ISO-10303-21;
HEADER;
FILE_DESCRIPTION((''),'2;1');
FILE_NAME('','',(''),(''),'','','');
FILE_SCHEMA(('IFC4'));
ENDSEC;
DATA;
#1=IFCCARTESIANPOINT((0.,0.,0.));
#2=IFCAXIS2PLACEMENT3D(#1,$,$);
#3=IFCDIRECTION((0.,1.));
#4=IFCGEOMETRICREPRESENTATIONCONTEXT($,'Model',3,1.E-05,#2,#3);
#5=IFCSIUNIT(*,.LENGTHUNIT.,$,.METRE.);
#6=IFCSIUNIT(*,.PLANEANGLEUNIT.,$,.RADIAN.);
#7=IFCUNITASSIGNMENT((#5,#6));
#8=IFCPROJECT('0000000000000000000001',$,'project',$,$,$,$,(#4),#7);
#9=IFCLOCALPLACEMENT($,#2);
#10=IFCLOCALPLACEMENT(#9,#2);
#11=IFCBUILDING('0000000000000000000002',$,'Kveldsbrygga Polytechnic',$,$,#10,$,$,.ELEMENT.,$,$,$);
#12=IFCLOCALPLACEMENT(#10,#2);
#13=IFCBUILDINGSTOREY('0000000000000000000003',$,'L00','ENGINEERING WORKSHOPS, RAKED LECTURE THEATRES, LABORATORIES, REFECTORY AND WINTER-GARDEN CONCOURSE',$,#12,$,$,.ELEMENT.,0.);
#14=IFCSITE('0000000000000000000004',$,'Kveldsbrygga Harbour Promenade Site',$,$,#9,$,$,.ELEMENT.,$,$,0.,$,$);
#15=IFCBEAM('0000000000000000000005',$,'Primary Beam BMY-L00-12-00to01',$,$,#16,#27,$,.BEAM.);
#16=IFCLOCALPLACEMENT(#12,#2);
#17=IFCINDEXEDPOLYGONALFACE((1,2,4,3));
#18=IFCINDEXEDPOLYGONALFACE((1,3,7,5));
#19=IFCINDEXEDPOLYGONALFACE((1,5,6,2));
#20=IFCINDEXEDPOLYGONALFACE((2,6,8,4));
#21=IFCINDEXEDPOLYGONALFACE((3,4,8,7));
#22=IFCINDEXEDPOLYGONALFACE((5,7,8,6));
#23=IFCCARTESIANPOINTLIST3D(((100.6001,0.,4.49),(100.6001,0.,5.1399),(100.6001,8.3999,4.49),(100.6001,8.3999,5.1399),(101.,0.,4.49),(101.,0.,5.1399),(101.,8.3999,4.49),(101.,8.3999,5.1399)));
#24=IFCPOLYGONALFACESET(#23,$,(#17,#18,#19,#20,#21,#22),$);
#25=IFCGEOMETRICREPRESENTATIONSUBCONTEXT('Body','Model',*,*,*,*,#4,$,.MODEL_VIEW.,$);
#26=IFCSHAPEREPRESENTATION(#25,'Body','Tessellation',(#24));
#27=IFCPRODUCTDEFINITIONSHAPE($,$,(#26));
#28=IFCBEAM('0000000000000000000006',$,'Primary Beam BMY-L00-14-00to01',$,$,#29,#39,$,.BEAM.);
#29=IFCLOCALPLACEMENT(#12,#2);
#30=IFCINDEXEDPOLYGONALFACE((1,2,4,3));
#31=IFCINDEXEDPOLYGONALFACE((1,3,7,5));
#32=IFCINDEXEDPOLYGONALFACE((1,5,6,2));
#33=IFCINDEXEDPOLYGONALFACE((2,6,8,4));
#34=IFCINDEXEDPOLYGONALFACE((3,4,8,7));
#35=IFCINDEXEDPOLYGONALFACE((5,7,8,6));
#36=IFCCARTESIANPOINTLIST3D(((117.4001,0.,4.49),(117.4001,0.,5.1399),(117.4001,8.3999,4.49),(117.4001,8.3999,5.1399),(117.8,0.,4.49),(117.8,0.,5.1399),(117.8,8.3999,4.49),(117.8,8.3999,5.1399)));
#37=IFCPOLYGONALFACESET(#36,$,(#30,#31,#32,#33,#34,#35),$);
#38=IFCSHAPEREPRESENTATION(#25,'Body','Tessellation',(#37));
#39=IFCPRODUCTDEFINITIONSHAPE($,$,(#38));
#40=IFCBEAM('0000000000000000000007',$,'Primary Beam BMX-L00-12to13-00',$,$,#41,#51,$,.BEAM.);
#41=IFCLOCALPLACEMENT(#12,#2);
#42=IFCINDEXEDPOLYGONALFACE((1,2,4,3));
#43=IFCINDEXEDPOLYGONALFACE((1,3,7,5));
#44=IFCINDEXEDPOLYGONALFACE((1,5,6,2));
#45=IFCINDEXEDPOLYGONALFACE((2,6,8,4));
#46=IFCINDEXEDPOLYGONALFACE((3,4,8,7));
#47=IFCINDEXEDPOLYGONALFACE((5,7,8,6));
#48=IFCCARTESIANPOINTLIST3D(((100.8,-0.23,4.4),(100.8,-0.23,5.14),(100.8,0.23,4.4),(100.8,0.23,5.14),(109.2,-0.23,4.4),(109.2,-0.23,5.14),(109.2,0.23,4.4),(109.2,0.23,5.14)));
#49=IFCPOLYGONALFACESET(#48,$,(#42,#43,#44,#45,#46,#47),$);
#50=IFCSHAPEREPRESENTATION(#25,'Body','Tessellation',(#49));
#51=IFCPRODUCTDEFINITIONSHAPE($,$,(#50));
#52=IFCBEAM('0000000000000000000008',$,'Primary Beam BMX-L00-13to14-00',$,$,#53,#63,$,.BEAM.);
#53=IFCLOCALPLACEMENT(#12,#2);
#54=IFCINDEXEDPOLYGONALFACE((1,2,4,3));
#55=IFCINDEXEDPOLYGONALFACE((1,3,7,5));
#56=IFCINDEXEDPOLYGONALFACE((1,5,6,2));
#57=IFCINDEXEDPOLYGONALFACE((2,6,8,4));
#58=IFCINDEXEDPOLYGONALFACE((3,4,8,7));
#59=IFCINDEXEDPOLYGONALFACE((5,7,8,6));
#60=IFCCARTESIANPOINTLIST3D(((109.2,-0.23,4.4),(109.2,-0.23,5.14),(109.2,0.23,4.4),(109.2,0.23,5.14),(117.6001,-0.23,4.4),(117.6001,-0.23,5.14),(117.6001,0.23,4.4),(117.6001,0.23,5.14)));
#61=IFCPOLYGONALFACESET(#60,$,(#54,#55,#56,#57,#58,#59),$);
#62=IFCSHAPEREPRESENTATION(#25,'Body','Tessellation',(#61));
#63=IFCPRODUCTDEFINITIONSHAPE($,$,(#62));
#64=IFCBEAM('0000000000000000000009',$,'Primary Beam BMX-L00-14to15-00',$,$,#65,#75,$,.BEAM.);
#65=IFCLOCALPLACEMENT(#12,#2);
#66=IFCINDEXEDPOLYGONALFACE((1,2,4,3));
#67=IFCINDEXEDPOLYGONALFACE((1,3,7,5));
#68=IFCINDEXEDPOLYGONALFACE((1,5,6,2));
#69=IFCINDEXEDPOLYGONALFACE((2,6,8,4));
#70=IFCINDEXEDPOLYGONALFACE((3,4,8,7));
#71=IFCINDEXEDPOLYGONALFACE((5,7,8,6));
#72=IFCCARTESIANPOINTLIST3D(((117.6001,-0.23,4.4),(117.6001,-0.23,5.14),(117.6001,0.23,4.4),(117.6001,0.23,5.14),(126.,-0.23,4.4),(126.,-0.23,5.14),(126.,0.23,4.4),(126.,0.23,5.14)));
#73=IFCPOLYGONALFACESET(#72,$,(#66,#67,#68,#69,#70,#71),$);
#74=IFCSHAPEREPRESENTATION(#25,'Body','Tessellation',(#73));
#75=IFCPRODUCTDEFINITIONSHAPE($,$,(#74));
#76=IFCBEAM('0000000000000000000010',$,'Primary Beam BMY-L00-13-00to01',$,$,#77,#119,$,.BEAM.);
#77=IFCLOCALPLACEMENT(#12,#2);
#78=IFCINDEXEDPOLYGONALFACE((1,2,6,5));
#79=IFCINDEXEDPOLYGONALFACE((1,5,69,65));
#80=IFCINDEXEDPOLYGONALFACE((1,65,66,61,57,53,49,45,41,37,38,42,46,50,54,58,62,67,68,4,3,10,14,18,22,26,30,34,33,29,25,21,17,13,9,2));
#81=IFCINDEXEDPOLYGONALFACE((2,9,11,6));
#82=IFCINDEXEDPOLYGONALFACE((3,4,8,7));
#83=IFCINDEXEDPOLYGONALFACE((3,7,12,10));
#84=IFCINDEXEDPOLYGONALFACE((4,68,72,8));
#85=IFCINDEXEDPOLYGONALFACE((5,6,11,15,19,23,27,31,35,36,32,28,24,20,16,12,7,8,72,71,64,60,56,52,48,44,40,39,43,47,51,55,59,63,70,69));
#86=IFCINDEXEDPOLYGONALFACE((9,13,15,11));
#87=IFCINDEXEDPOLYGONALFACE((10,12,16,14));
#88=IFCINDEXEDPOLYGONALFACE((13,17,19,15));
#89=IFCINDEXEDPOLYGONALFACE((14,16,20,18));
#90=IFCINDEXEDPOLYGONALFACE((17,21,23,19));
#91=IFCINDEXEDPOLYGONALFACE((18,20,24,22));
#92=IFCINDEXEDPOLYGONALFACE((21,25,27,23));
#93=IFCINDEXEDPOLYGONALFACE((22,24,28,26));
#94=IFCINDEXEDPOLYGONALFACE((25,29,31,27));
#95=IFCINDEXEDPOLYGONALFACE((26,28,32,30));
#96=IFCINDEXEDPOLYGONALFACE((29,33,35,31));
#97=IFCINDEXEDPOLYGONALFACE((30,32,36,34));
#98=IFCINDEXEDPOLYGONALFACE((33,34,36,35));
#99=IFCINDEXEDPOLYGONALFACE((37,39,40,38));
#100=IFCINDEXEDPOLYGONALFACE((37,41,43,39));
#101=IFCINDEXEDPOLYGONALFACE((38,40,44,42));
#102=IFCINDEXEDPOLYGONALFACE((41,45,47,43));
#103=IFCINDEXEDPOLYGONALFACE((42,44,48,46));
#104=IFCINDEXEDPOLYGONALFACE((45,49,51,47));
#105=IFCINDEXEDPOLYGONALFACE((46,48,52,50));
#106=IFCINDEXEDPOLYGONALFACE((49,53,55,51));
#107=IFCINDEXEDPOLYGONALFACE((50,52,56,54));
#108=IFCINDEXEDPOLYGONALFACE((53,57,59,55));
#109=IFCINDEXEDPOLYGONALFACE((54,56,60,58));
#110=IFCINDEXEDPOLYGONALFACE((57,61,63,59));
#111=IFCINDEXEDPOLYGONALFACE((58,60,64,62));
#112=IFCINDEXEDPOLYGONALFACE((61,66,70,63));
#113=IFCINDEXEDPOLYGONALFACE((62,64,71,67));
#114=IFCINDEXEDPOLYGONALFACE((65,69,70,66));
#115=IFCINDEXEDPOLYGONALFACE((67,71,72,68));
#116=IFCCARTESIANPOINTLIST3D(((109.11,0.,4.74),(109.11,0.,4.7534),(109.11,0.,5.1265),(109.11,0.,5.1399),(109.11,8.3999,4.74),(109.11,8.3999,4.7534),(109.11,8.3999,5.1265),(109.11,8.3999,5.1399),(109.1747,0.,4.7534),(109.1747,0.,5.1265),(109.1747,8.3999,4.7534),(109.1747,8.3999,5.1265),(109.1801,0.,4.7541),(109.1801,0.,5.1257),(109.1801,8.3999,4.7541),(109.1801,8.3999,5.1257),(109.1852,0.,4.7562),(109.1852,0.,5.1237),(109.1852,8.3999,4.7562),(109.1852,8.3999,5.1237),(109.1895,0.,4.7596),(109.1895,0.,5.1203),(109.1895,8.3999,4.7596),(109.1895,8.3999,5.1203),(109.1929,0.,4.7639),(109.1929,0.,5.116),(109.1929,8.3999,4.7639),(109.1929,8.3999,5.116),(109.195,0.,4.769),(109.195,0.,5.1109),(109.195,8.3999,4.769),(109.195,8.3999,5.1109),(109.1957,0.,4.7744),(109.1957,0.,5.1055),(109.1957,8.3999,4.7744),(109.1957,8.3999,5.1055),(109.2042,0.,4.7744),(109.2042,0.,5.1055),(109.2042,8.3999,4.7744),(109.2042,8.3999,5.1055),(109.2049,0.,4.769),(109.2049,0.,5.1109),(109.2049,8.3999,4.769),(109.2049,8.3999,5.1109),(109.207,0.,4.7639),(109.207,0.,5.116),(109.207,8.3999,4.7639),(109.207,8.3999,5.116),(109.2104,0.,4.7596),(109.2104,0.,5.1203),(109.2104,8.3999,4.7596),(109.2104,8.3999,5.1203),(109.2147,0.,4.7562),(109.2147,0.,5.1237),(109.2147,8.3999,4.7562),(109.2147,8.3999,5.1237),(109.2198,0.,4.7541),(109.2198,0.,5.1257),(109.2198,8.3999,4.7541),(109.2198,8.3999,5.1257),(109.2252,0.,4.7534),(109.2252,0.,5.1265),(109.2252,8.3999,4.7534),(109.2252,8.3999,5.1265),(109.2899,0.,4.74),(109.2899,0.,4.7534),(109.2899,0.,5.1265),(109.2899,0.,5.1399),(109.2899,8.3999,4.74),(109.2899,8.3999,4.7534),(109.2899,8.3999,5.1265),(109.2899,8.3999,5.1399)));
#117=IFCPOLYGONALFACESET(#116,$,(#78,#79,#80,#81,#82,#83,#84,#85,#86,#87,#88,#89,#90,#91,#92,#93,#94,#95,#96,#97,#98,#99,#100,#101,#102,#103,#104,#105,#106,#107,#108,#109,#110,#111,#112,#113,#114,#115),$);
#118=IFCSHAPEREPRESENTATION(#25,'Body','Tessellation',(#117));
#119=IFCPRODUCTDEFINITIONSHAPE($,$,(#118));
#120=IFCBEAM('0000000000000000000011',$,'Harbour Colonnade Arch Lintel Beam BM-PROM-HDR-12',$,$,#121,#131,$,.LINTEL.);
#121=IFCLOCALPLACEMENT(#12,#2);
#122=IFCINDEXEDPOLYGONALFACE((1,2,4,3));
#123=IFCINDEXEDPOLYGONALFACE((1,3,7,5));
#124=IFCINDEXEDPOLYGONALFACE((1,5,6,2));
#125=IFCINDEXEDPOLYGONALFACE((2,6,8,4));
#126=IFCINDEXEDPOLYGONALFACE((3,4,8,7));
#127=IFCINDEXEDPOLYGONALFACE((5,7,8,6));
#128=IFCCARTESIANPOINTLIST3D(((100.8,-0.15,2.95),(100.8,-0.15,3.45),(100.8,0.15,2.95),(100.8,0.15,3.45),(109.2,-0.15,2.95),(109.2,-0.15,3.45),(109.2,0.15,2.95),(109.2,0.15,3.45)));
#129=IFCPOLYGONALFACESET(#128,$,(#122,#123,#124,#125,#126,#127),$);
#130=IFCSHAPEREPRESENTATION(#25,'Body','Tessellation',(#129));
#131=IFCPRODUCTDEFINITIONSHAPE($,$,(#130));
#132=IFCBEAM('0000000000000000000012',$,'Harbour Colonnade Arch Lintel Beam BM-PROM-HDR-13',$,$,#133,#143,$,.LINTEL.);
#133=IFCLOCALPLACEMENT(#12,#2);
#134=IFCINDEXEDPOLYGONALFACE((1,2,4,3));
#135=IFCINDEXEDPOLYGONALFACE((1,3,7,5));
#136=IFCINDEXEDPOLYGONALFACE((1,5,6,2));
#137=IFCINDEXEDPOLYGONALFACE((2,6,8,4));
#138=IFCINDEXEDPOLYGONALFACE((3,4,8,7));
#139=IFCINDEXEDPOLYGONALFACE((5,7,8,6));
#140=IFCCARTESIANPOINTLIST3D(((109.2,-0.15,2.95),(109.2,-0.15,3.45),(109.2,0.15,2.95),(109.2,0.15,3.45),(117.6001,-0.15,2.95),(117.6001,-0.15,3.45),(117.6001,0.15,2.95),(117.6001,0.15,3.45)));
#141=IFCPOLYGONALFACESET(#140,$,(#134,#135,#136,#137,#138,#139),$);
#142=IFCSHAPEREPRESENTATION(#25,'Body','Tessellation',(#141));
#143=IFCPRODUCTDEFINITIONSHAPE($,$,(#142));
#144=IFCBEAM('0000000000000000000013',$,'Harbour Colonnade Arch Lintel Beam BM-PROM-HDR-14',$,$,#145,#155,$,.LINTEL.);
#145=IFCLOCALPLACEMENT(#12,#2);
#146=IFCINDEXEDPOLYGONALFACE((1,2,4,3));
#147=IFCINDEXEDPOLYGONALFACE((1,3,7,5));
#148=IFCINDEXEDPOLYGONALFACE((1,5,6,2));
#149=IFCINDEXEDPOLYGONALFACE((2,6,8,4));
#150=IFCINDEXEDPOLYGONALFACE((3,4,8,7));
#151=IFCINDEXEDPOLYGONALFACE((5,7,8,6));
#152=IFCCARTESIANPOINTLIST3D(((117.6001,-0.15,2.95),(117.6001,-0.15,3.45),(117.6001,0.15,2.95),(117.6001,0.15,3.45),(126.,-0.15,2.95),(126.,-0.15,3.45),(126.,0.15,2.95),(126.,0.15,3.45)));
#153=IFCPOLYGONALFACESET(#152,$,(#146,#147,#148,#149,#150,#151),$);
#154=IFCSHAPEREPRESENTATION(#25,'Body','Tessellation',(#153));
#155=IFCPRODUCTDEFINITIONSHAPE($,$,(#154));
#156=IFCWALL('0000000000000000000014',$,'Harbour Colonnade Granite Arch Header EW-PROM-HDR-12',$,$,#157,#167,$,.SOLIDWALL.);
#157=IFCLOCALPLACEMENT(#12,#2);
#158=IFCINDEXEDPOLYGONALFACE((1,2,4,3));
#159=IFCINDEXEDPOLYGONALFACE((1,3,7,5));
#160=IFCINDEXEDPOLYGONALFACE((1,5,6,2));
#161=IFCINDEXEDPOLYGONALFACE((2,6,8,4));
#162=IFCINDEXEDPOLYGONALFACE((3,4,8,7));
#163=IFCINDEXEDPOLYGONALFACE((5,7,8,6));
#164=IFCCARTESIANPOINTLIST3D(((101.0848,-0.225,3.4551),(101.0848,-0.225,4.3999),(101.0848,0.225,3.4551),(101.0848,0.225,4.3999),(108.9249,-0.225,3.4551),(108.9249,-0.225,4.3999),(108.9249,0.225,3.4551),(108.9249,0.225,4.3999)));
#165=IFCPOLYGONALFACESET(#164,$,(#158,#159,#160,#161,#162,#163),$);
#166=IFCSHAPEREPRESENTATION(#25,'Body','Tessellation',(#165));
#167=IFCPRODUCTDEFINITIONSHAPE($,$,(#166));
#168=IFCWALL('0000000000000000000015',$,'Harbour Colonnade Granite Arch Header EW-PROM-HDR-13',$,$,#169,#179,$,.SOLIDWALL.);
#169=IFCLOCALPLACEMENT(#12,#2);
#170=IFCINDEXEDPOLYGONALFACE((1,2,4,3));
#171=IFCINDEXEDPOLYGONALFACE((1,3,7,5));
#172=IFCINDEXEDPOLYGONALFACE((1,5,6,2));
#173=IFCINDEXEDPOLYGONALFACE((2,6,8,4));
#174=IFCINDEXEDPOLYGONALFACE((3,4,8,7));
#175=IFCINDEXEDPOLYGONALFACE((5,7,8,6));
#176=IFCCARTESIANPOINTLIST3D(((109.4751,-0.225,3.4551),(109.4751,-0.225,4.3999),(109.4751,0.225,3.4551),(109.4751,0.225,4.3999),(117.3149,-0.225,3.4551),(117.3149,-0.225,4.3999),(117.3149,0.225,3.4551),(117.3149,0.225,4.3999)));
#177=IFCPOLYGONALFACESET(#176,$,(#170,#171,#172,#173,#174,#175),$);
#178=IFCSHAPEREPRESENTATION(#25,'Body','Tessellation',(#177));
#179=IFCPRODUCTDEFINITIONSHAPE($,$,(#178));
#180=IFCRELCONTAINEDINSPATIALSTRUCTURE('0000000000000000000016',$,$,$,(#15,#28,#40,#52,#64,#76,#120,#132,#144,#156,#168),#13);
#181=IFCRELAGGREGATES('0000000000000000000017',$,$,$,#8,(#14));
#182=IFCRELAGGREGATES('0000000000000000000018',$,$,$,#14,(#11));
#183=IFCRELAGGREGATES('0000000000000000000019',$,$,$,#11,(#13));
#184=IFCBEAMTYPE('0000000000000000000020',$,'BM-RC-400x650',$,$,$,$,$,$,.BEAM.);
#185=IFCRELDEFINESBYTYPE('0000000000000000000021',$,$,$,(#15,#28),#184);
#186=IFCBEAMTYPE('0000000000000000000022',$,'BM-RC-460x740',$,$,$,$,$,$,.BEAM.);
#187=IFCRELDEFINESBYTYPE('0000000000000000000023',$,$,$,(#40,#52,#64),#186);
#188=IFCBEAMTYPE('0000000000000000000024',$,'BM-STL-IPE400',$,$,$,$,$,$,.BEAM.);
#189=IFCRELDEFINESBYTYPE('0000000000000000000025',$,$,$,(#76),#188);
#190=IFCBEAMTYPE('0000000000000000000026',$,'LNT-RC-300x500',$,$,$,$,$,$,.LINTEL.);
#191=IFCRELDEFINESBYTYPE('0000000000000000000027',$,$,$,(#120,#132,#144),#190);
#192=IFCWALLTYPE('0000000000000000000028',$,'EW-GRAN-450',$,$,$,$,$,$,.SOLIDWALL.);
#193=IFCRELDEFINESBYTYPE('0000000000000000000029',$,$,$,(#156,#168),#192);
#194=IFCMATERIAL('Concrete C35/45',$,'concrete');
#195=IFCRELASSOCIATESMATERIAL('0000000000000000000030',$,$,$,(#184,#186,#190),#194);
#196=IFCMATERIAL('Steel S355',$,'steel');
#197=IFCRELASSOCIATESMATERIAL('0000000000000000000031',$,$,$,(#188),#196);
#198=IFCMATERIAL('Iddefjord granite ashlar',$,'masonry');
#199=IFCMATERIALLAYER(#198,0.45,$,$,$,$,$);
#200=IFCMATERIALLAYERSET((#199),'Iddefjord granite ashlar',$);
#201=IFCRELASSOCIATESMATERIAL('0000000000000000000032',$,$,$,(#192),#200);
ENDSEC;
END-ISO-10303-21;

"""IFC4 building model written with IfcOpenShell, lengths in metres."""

from ifc_helpers import new_model, si_unit, direction, frame, frame_2d, origin, origin_2d, place, context, subcontext, project, spatial, rectangle, i_section, extrude, material, layer, layer_set, material_profile, profile_set, type_object, element, save


model = new_model("IFC4")

# Units and contexts
model_context = context("Model", 3, precision=1e-05, world=origin(), true_north=direction((0.0, 1.0)))
body_context = subcontext(model_context, "Body", "Model", "MODEL_VIEW")
ifc_project = project(units=[si_unit("LENGTHUNIT", "METRE"), si_unit("PLANEANGLEUNIT", "RADIAN")], contexts=[model_context])

# Site, building, storey
site_placement = place(None, origin())
site = spatial("IfcSite", under=ifc_project, at=site_placement, Name="Kveldsbrygga Harbour Promenade Site", CompositionType="ELEMENT", RefElevation=0.0)
building_placement = place(site_placement, origin())
building = spatial("IfcBuilding", under=site, at=building_placement, Name="Kveldsbrygga Polytechnic", CompositionType="ELEMENT")
storey_placement = place(building_placement, origin())
storey = spatial("IfcBuildingStorey", under=building, at=storey_placement, Name="L00", Description="ENGINEERING WORKSHOPS, RAKED LECTURE THEATRES, LABORATORIES, REFECTORY AND WINTER-GARDEN CONCOURSE", CompositionType="ELEMENT", Elevation=0.0)

# Beams
ifc_material_1 = material(Name="Concrete C35/45", Category="concrete")
ifc_material_profile_1 = material_profile(ifc_material_1, rectangle(XDim=0.3999, YDim=0.6499, at=origin_2d()), Name="RC 400x650")
ifc_profile_set_1 = profile_set([ifc_material_profile_1], Name="Concrete C35/45")
beam_type_1 = type_object("IfcBeamType", Name="BM-RC-400x650", PredefinedType="BEAM", material=ifc_profile_set_1)
for number, where, z_axis, x_axis, name in (
    (1, (100.8, 0.0, 4.8149), (0.0, 1.0, 0.0), (-1.0, 0.0, 0.0), "Primary Beam BMY-L00-12-00to01"),
    (2, (117.6001, 0.0, 4.8149), (0.0, 1.0, 0.0), (-1.0, 0.0, 0.0), "Primary Beam BMY-L00-14-00to01"),
):
    element("IfcBeam", number, at=place(storey_placement, frame(where, z_axis=z_axis, x_axis=x_axis)), inside=storey, type_object=beam_type_1, Name=name, PredefinedType="BEAM", context=body_context, shape_type="SweptSolid", body=[
        extrude(rectangle(XDim=0.3999, YDim=0.6499, at=origin_2d()), origin(), (0.0, 0.0, 1.0), 8.3999),
    ])
ifc_material_profile_2 = material_profile(ifc_material_1, rectangle(XDim=0.46, YDim=0.74, at=origin_2d()), Name="RC 460x740")
ifc_profile_set_2 = profile_set([ifc_material_profile_2], Name="Concrete C35/45")
beam_type_2 = type_object("IfcBeamType", Name="BM-RC-460x740", PredefinedType="BEAM", material=ifc_profile_set_2)
beam_1_placement = place(storey_placement, frame((100.8, 0.0, 4.77), z_axis=(1.0, 0.0, 0.0), x_axis=(0.0, 1.0, 0.0)))
element("IfcBeam", 3, at=beam_1_placement, inside=storey, type_object=beam_type_2, Name="Primary Beam BMX-L00-12to13-00", PredefinedType="BEAM", context=body_context, shape_type="SweptSolid", body=[
    extrude(rectangle(XDim=0.46, YDim=0.74, at=origin_2d()), origin(), (0.0, 0.0, 1.0), 8.3999),
])
beam_2_placement = place(storey_placement, frame((109.2, 0.0, 4.77), z_axis=(1.0, 0.0, 0.0), x_axis=(0.0, 1.0, 0.0)))
element("IfcBeam", 4, at=beam_2_placement, inside=storey, type_object=beam_type_2, Name="Primary Beam BMX-L00-13to14-00", PredefinedType="BEAM", context=body_context, shape_type="SweptSolid", body=[
    extrude(rectangle(XDim=0.46, YDim=0.74, at=origin_2d()), origin(), (0.0, 0.0, 1.0), 8.4001),
])
beam_3_placement = place(storey_placement, frame((117.6001, 0.0, 4.77), z_axis=(1.0, 0.0, 0.0), x_axis=(0.0, 1.0, 0.0)))
element("IfcBeam", 5, at=beam_3_placement, inside=storey, type_object=beam_type_2, Name="Primary Beam BMX-L00-14to15-00", PredefinedType="BEAM", context=body_context, shape_type="SweptSolid", body=[
    extrude(rectangle(XDim=0.46, YDim=0.74, at=origin_2d()), origin(), (0.0, 0.0, 1.0), 8.3999),
])
ifc_material_2 = material(Name="Steel S355", Category="steel")
ifc_material_profile_3 = material_profile(ifc_material_2, i_section(OverallWidth=0.1799, OverallDepth=0.3999, WebThickness=0.0085, FlangeThickness=0.0134, FilletRadius=0.021, at=origin_2d()), Name="IPE 400")
ifc_profile_set_3 = profile_set([ifc_material_profile_3], Name="Steel S355")
beam_type_3 = type_object("IfcBeamType", Name="BM-STL-IPE400", PredefinedType="BEAM", material=ifc_profile_set_3)
beam_4_placement = place(storey_placement, frame((109.2, 0.0, 4.9399), z_axis=(0.0, 1.0, 0.0), x_axis=(-1.0, 0.0, 0.0)))
element("IfcBeam", 6, at=beam_4_placement, inside=storey, type_object=beam_type_3, Name="Primary Beam BMY-L00-13-00to01", PredefinedType="BEAM", context=body_context, shape_type="SweptSolid", body=[
    extrude(i_section(OverallWidth=0.1799, OverallDepth=0.3999, WebThickness=0.0085, FlangeThickness=0.0134, FilletRadius=0.021, at=origin_2d()), origin(), (0.0, 0.0, 1.0), 8.3999),
])
ifc_material_profile_4 = material_profile(ifc_material_1, rectangle(XDim=0.3, YDim=0.5, at=origin_2d()), Name="RC 300x500")
ifc_profile_set_4 = profile_set([ifc_material_profile_4], Name="Concrete C35/45")
beam_type_4 = type_object("IfcBeamType", Name="LNT-RC-300x500", PredefinedType="LINTEL", material=ifc_profile_set_4)
beam_5_placement = place(storey_placement, frame((100.8, 0.0, 3.2), z_axis=(1.0, 0.0, 0.0), x_axis=(0.0, 1.0, 0.0)))
element("IfcBeam", 7, at=beam_5_placement, inside=storey, type_object=beam_type_4, Name="Harbour Colonnade Arch Lintel Beam BM-PROM-HDR-12", PredefinedType="LINTEL", context=body_context, shape_type="SweptSolid", body=[
    extrude(rectangle(XDim=0.3, YDim=0.5, at=origin_2d()), origin(), (0.0, 0.0, 1.0), 8.3999),
])
beam_6_placement = place(storey_placement, frame((109.2, 0.0, 3.2), z_axis=(1.0, 0.0, 0.0), x_axis=(0.0, 1.0, 0.0)))
element("IfcBeam", 8, at=beam_6_placement, inside=storey, type_object=beam_type_4, Name="Harbour Colonnade Arch Lintel Beam BM-PROM-HDR-13", PredefinedType="LINTEL", context=body_context, shape_type="SweptSolid", body=[
    extrude(rectangle(XDim=0.3, YDim=0.5, at=origin_2d()), origin(), (0.0, 0.0, 1.0), 8.4001),
])
beam_7_placement = place(storey_placement, frame((117.6001, 0.0, 3.2), z_axis=(1.0, 0.0, 0.0), x_axis=(0.0, 1.0, 0.0)))
element("IfcBeam", 9, at=beam_7_placement, inside=storey, type_object=beam_type_4, Name="Harbour Colonnade Arch Lintel Beam BM-PROM-HDR-14", PredefinedType="LINTEL", context=body_context, shape_type="SweptSolid", body=[
    extrude(rectangle(XDim=0.3, YDim=0.5, at=origin_2d()), origin(), (0.0, 0.0, 1.0), 8.3999),
])

# Walls
ifc_material_3 = material(Name="Iddefjord granite ashlar", Category="masonry")
ifc_layer_1 = layer(ifc_material_3, 0.45)
ifc_layer_set_1 = layer_set([ifc_layer_1], Name="Iddefjord granite ashlar")
wall_type = type_object("IfcWallType", Name="EW-GRAN-450", PredefinedType="SOLIDWALL", material=ifc_layer_set_1)
wall_1_placement = place(storey_placement, frame((101.085, 0.0, 3.4551), z_axis=(0.0, 0.0, 1.0), x_axis=(1.0, 0.0, 0.0)))
element("IfcWall", 10, at=wall_1_placement, inside=storey, type_object=wall_type, Name="Harbour Colonnade Granite Arch Header EW-PROM-HDR-12", PredefinedType="SOLIDWALL", context=body_context, shape_type="SweptSolid", body=[
    extrude(rectangle(XDim=7.8401, YDim=0.45, at=frame_2d((3.9199, 0.0))), origin(), (0.0, 0.0, 1.0), 0.9448),
])
wall_2_placement = place(storey_placement, frame((109.4751, 0.0, 3.4551), z_axis=(0.0, 0.0, 1.0), x_axis=(1.0, 0.0, 0.0)))
element("IfcWall", 11, at=wall_2_placement, inside=storey, type_object=wall_type, Name="Harbour Colonnade Granite Arch Header EW-PROM-HDR-13", PredefinedType="SOLIDWALL", context=body_context, shape_type="SweptSolid", body=[
    extrude(rectangle(XDim=7.8398, YDim=0.45, at=frame_2d((3.9199, 0.0))), origin(), (0.0, 0.0, 1.0), 0.9448),
])

save(model, "model.ifc")
